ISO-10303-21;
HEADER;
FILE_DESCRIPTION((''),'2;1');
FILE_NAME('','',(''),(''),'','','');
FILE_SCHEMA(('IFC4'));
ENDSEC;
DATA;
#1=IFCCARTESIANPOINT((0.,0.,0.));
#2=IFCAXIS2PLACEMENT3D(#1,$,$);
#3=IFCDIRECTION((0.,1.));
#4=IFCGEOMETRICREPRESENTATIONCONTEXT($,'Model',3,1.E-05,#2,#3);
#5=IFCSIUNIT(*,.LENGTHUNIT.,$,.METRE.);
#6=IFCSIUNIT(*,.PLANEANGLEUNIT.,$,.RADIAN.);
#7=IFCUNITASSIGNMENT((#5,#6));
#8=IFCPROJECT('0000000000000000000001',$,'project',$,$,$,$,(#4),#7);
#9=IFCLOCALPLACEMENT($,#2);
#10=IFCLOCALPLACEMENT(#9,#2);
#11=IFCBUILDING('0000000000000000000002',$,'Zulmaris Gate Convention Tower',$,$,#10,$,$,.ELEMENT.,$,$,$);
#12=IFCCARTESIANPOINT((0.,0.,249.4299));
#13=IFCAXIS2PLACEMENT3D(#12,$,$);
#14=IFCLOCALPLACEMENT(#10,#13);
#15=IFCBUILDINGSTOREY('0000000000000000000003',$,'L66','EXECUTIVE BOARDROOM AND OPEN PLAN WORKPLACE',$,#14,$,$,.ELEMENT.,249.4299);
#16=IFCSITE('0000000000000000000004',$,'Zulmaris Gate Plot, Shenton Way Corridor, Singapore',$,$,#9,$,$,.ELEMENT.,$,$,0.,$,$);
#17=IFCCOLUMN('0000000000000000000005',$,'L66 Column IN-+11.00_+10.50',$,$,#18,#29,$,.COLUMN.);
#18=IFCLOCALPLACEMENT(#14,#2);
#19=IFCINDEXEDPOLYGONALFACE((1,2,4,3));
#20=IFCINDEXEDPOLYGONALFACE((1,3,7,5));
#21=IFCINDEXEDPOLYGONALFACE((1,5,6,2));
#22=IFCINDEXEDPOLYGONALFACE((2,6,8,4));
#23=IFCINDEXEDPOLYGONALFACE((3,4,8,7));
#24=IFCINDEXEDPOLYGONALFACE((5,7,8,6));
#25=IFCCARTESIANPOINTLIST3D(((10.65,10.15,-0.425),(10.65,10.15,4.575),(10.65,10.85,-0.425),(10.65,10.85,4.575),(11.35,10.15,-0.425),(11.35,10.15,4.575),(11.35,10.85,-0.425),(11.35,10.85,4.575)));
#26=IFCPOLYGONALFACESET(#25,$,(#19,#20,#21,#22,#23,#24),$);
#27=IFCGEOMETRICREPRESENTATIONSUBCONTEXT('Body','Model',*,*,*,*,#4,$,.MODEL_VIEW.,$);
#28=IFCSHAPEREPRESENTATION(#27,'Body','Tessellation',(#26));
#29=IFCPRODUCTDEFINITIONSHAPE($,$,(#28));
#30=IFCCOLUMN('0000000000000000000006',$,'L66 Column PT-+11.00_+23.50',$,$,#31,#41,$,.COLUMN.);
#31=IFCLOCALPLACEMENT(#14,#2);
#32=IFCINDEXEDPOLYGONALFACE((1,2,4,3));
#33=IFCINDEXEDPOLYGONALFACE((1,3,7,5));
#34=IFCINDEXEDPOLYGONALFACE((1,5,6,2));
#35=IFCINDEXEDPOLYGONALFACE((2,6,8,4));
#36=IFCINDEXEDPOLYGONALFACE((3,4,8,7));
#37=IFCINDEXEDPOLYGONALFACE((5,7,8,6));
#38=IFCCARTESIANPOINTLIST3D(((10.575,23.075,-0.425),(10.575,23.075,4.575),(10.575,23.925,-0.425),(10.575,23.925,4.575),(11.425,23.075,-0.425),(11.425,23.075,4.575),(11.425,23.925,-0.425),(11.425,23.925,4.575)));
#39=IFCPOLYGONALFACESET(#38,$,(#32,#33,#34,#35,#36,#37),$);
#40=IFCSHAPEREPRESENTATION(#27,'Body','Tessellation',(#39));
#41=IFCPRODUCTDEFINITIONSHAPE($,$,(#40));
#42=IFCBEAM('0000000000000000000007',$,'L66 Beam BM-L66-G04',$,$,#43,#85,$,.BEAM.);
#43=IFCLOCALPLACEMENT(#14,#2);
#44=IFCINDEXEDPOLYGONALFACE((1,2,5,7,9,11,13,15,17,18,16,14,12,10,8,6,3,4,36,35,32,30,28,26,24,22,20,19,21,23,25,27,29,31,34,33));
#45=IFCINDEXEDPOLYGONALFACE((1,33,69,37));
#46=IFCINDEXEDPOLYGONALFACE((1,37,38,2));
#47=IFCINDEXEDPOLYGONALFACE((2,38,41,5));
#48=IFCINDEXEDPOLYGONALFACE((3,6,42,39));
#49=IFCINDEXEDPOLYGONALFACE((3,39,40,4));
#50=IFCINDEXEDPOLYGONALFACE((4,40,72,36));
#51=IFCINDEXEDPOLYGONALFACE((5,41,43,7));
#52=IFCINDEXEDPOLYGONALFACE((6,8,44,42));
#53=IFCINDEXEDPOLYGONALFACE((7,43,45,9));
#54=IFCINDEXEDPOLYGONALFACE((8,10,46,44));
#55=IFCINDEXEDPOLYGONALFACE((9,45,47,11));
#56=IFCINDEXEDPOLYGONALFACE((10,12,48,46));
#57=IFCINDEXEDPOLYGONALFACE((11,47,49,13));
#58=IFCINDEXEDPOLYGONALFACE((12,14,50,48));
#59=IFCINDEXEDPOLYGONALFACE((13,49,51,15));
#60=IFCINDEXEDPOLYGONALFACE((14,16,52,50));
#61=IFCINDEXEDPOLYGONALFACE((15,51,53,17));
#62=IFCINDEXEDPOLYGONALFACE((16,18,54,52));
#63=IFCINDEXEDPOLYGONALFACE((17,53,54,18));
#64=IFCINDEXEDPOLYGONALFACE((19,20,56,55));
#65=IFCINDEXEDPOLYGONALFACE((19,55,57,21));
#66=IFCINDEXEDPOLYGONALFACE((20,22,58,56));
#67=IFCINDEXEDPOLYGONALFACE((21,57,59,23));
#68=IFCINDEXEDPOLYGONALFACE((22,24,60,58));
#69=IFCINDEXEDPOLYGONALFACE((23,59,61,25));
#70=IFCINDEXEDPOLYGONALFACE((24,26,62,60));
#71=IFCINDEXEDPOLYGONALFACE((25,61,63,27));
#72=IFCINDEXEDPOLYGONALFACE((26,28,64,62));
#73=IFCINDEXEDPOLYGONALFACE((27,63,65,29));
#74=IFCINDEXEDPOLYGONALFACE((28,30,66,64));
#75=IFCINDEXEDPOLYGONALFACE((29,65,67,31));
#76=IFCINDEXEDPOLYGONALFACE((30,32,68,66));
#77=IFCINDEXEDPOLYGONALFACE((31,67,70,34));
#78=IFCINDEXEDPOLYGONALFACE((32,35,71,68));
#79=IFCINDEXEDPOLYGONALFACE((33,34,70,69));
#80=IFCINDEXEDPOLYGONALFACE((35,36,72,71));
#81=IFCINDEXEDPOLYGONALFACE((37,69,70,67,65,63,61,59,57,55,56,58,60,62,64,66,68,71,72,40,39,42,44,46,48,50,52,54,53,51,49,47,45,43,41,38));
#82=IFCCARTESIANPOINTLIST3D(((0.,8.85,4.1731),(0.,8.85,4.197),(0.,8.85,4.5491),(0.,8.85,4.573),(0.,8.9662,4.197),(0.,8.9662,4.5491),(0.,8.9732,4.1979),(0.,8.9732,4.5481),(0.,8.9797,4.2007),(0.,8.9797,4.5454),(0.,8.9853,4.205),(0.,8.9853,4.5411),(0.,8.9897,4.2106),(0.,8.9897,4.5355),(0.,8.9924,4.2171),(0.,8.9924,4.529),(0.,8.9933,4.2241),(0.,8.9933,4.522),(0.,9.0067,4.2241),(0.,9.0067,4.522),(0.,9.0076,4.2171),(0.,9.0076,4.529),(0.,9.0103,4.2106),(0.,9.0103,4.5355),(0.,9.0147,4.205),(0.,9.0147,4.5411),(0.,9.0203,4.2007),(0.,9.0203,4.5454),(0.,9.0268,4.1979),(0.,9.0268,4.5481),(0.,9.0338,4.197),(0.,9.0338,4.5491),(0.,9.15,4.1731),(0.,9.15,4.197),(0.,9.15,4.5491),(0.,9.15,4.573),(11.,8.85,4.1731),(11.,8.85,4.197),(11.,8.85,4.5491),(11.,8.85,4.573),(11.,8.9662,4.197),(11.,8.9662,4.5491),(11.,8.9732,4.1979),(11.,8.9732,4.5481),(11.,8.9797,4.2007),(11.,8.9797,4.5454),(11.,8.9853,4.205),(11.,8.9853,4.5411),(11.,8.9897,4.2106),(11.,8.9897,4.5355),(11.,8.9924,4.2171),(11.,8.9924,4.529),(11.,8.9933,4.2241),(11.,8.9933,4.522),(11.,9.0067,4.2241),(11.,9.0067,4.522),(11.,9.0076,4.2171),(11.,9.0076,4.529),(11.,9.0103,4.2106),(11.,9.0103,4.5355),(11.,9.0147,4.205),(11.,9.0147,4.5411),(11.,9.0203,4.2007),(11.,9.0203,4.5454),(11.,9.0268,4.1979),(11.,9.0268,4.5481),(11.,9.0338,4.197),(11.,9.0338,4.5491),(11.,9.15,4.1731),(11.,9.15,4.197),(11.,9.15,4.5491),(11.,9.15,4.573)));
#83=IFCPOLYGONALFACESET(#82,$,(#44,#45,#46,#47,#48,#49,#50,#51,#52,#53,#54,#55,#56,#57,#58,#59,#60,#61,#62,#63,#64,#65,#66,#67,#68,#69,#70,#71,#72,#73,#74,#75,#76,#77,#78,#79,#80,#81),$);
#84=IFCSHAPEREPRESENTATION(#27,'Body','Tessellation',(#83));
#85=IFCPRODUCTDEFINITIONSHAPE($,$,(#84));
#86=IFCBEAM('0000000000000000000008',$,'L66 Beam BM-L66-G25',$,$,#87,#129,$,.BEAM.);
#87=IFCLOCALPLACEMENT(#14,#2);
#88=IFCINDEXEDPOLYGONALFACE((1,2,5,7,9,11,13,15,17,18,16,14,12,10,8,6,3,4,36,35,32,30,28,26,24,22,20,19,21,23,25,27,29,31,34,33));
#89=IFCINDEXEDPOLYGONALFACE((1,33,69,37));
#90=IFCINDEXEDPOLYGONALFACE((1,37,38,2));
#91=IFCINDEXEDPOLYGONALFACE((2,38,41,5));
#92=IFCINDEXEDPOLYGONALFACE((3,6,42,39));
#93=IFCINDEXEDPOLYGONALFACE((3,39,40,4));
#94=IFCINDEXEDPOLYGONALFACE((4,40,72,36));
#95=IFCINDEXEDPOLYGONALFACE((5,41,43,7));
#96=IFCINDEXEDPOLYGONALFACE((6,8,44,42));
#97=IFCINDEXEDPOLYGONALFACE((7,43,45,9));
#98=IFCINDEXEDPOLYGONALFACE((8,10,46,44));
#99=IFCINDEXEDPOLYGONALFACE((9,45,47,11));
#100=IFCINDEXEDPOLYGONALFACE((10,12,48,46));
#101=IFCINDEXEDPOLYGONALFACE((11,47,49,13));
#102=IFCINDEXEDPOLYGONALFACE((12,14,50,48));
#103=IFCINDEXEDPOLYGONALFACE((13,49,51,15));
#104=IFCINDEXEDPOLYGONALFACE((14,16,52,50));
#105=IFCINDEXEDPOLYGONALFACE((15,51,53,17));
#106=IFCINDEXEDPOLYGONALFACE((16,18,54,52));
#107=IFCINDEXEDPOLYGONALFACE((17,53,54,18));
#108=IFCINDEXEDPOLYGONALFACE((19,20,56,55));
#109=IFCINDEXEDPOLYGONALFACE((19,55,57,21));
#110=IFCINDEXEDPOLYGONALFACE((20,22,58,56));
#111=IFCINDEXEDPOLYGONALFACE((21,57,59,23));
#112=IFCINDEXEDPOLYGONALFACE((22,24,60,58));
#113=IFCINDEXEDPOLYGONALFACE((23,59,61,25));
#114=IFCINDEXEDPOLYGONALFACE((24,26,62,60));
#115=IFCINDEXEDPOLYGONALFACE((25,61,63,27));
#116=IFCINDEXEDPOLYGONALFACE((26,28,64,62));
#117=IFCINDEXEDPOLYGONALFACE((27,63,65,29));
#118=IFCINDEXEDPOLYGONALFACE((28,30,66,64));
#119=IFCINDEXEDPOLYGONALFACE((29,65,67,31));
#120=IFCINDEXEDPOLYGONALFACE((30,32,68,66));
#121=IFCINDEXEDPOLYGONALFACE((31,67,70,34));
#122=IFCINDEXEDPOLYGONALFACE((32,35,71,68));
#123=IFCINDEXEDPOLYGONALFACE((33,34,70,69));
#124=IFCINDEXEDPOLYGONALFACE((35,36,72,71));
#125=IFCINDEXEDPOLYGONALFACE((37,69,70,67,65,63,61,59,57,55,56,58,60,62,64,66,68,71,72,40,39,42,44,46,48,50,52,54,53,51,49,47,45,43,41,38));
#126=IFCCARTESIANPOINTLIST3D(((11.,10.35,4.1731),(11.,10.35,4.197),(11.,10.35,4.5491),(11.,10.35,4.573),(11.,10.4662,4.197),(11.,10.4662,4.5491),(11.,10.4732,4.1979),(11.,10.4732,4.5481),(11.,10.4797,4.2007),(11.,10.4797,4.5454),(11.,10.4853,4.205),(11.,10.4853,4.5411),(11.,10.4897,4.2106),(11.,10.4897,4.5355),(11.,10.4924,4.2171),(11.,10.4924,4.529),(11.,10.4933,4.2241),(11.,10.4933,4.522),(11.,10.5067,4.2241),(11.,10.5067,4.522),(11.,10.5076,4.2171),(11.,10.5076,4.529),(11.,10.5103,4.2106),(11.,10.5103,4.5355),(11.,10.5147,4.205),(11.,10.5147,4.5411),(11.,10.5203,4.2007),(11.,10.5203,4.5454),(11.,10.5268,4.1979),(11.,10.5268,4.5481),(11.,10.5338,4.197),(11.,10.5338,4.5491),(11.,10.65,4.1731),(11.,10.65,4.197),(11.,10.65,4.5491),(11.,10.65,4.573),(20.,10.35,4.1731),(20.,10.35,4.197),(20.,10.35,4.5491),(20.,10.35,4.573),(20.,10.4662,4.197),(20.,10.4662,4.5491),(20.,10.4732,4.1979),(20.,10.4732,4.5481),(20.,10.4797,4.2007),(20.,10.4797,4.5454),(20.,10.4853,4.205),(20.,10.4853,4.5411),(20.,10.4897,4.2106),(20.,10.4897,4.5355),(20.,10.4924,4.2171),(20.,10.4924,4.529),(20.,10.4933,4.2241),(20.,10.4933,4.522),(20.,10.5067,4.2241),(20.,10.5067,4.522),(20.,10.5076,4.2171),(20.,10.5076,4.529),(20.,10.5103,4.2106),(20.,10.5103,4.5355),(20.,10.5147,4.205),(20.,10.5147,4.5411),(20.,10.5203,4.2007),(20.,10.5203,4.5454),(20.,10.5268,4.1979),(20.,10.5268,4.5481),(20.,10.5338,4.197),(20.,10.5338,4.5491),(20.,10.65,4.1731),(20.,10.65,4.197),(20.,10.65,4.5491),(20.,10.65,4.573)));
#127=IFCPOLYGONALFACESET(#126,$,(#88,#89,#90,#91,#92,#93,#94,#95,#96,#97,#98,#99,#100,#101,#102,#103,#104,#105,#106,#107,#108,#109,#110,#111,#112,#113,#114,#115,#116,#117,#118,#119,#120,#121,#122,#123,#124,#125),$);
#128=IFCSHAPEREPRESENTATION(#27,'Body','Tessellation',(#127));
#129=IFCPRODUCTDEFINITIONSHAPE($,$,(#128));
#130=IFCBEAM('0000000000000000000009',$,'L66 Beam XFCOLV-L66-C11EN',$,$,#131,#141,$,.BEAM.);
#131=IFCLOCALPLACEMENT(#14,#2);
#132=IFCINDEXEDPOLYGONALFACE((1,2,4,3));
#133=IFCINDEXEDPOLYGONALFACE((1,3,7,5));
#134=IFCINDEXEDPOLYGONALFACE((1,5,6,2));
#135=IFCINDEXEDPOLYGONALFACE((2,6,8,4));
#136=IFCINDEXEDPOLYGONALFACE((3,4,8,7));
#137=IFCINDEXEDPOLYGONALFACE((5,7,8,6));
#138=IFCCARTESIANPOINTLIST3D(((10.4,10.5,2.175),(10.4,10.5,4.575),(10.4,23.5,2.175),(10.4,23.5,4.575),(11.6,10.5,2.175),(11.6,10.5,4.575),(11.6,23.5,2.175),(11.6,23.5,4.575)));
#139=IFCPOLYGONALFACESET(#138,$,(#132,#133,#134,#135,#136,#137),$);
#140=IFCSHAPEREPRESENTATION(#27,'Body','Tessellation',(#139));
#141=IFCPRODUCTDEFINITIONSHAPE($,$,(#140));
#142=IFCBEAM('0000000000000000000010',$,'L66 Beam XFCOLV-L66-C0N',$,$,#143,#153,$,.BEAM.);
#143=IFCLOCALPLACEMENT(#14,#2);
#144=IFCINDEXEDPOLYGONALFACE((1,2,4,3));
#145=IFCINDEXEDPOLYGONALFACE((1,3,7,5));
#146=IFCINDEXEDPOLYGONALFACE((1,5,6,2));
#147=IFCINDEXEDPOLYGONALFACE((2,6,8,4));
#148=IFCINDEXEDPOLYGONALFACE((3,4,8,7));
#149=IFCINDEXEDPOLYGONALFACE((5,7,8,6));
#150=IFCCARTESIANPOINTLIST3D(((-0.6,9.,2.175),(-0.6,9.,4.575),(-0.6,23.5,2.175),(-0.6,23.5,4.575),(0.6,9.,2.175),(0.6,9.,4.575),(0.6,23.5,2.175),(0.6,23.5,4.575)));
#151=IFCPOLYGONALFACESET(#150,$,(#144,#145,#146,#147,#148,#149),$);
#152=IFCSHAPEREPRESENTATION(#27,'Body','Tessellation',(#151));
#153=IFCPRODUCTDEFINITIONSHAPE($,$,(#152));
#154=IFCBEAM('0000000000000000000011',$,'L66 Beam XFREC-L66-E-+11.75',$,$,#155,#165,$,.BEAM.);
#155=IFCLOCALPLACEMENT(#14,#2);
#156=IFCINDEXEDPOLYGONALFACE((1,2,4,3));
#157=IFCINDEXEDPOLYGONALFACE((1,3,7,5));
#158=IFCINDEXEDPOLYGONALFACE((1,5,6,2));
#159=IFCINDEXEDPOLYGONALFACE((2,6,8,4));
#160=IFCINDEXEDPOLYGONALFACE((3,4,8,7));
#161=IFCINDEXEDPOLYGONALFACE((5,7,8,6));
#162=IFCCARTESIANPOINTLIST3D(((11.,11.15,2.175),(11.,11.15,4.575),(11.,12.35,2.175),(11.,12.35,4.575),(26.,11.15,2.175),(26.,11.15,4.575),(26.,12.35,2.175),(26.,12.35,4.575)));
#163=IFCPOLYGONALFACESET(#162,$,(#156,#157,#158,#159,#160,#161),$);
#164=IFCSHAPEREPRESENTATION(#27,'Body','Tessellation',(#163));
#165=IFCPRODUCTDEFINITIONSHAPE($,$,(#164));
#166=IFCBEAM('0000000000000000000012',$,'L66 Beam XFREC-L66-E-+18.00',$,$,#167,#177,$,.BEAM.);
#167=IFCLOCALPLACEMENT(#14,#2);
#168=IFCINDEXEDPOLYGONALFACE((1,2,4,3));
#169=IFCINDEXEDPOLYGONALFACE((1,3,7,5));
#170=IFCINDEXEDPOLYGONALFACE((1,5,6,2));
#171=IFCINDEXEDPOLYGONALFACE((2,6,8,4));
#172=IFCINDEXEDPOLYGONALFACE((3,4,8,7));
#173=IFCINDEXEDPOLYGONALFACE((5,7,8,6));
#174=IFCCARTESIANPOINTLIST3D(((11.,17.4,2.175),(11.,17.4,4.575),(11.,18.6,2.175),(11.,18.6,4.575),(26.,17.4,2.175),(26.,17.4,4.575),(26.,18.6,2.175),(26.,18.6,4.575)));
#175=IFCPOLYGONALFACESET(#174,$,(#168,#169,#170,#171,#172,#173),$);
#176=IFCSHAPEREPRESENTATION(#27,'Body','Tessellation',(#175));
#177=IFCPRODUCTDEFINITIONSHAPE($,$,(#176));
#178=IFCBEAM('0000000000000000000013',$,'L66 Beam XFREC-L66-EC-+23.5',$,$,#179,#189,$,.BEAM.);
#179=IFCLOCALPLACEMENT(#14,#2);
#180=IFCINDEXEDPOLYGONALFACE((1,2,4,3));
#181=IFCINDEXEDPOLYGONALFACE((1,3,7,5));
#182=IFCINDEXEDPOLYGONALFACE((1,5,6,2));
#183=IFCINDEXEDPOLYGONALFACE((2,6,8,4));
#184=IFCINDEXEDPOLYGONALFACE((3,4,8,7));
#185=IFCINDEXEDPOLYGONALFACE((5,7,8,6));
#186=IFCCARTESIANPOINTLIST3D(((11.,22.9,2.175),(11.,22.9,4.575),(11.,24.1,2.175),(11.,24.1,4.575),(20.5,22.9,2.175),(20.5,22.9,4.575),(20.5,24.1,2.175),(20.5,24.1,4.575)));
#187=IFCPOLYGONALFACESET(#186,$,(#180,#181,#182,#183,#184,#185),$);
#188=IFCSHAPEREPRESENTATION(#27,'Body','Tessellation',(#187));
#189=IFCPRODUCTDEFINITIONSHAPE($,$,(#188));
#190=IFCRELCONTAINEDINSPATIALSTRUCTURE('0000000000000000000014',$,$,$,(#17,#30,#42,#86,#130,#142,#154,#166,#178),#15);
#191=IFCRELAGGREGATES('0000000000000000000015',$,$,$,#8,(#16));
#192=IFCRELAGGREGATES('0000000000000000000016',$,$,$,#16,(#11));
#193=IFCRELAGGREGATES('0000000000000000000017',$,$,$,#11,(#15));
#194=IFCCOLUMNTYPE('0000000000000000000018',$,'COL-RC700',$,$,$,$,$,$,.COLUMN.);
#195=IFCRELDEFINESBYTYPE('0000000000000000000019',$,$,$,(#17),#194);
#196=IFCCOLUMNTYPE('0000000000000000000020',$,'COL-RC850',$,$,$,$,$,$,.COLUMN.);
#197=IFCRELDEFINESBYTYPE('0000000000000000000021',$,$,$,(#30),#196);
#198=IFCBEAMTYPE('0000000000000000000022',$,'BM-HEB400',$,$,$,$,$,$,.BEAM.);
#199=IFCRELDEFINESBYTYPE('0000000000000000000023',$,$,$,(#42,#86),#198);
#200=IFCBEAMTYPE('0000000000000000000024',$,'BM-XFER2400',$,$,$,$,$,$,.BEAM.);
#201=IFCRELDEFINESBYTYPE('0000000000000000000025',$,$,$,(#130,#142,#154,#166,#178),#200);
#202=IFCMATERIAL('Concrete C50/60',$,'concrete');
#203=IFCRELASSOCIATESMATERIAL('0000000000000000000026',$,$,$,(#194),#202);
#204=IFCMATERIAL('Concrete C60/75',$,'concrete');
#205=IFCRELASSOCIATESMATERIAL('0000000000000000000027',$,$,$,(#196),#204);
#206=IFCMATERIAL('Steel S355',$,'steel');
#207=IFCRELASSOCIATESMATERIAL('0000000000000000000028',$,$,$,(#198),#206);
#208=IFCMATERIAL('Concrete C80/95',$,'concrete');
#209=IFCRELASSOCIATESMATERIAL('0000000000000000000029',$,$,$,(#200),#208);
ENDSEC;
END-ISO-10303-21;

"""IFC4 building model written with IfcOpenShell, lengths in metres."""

from ifc_helpers import new_model, si_unit, direction, frame, origin, origin_2d, place, context, subcontext, project, spatial, rectangle, i_section, extrude, material, material_profile, profile_set, type_object, element, save


model = new_model("IFC4")

# Units and contexts
model_context = context("Model", 3, precision=1e-05, world=origin(), true_north=direction((0.0, 1.0)))
body_context = subcontext(model_context, "Body", "Model", "MODEL_VIEW")
ifc_project = project(units=[si_unit("LENGTHUNIT", "METRE"), si_unit("PLANEANGLEUNIT", "RADIAN")], contexts=[model_context])

# Site, building, storey
site_placement = place(None, origin())
site = spatial("IfcSite", under=ifc_project, at=site_placement, Name="Zulmaris Gate Plot, Shenton Way Corridor, Singapore", CompositionType="ELEMENT", RefElevation=0.0)
building_placement = place(site_placement, origin())
building = spatial("IfcBuilding", under=site, at=building_placement, Name="Zulmaris Gate Convention Tower", CompositionType="ELEMENT")
storey_placement = place(building_placement, frame((0.0, 0.0, 249.4299)))
storey = spatial("IfcBuildingStorey", under=building, at=storey_placement, Name="L66", Description="EXECUTIVE BOARDROOM AND OPEN PLAN WORKPLACE", CompositionType="ELEMENT", Elevation=249.4299)

# Columns
ifc_material_1 = material(Name="Concrete C50/60", Category="concrete")
ifc_material_profile_1 = material_profile(ifc_material_1, rectangle(XDim=0.7, YDim=0.7, at=origin_2d()), Name="RC COL 700x700")
ifc_profile_set_1 = profile_set([ifc_material_profile_1], Name="Concrete C50/60")
column_type_1 = type_object("IfcColumnType", Name="COL-RC700", PredefinedType="COLUMN", material=ifc_profile_set_1)
column_1_placement = place(storey_placement, frame((11.0, 10.5, -0.425), z_axis=(0.0, 0.0, 1.0), x_axis=(1.0, 0.0, 0.0)))
element("IfcColumn", 1, at=column_1_placement, inside=storey, type_object=column_type_1, Name="L66 Column IN-+11.00_+10.50", PredefinedType="COLUMN", context=body_context, shape_type="SweptSolid", body=[
    extrude(rectangle(XDim=0.7, YDim=0.7, at=origin_2d()), origin(), (0.0, 0.0, 1.0), 5.0),
])
ifc_material_2 = material(Name="Concrete C60/75", Category="concrete")
ifc_material_profile_2 = material_profile(ifc_material_2, rectangle(XDim=0.8501, YDim=0.8501, at=origin_2d()), Name="RC COL 850x850")
ifc_profile_set_2 = profile_set([ifc_material_profile_2], Name="Concrete C60/75")
column_type_2 = type_object("IfcColumnType", Name="COL-RC850", PredefinedType="COLUMN", material=ifc_profile_set_2)
column_2_placement = place(storey_placement, frame((11.0, 23.5, -0.425), z_axis=(0.0, 0.0, 1.0), x_axis=(1.0, 0.0, 0.0)))
element("IfcColumn", 2, at=column_2_placement, inside=storey, type_object=column_type_2, Name="L66 Column PT-+11.00_+23.50", PredefinedType="COLUMN", context=body_context, shape_type="SweptSolid", body=[
    extrude(rectangle(XDim=0.8501, YDim=0.8501, at=origin_2d()), origin(), (0.0, 0.0, 1.0), 5.0),
])

# Beams
ifc_material_3 = material(Name="Steel S355", Category="steel")
ifc_material_profile_3 = material_profile(ifc_material_3, i_section(OverallWidth=0.3, OverallDepth=0.3999, WebThickness=0.0134, FlangeThickness=0.0239, FilletRadius=0.0271, at=origin_2d()), Name="HEB 400")
ifc_profile_set_3 = profile_set([ifc_material_profile_3], Name="Steel S355")
beam_type_1 = type_object("IfcBeamType", Name="BM-HEB400", PredefinedType="BEAM", material=ifc_profile_set_3)
beam_1_placement = place(storey_placement, frame((0.0, 9.0, 4.373), z_axis=(1.0, 0.0, 0.0), x_axis=(0.0, 1.0, 0.0)))
element("IfcBeam", 3, at=beam_1_placement, inside=storey, type_object=beam_type_1, Name="L66 Beam BM-L66-G04", PredefinedType="BEAM", context=body_context, shape_type="SweptSolid", body=[
    extrude(i_section(OverallWidth=0.3, OverallDepth=0.3999, WebThickness=0.0134, FlangeThickness=0.0239, FilletRadius=0.0271, at=origin_2d()), origin(), (0.0, 0.0, 1.0), 11.0),
])
beam_2_placement = place(storey_placement, frame((11.0, 10.5, 4.373), z_axis=(1.0, 0.0, 0.0), x_axis=(0.0, 1.0, 0.0)))
element("IfcBeam", 4, at=beam_2_placement, inside=storey, type_object=beam_type_1, Name="L66 Beam BM-L66-G25", PredefinedType="BEAM", context=body_context, shape_type="SweptSolid", body=[
    extrude(i_section(OverallWidth=0.3, OverallDepth=0.3999, WebThickness=0.0134, FlangeThickness=0.0239, FilletRadius=0.0271, at=origin_2d()), origin(), (0.0, 0.0, 1.0), 9.0),
])
ifc_material_4 = material(Name="Concrete C80/95", Category="concrete")
ifc_material_profile_4 = material_profile(ifc_material_4, rectangle(XDim=1.2, YDim=2.3999, at=origin_2d()), Name="RC TRANSFER 1200x2400")
ifc_profile_set_4 = profile_set([ifc_material_profile_4], Name="Concrete C80/95")
beam_type_2 = type_object("IfcBeamType", Name="BM-XFER2400", PredefinedType="BEAM", material=ifc_profile_set_4)
beam_3_placement = place(storey_placement, frame((11.0, 10.5, 3.375), z_axis=(0.0, 1.0, 0.0), x_axis=(-1.0, 0.0, 0.0)))
element("IfcBeam", 5, at=beam_3_placement, inside=storey, type_object=beam_type_2, Name="L66 Beam XFCOLV-L66-C11EN", PredefinedType="BEAM", context=body_context, shape_type="SweptSolid", body=[
    extrude(rectangle(XDim=1.2, YDim=2.3999, at=origin_2d()), origin(), (0.0, 0.0, 1.0), 13.0),
])
beam_4_placement = place(storey_placement, frame((0.0, 9.0, 3.375), z_axis=(0.0, 1.0, 0.0), x_axis=(-1.0, 0.0, 0.0)))
element("IfcBeam", 6, at=beam_4_placement, inside=storey, type_object=beam_type_2, Name="L66 Beam XFCOLV-L66-C0N", PredefinedType="BEAM", context=body_context, shape_type="SweptSolid", body=[
    extrude(rectangle(XDim=1.2, YDim=2.3999, at=origin_2d()), origin(), (0.0, 0.0, 1.0), 14.5),
])
for number, where, z_axis, x_axis, name in (
    (7, (11.0, 11.75, 3.375), (1.0, 0.0, 0.0), (0.0, 1.0, 0.0), "L66 Beam XFREC-L66-E-+11.75"),
    (8, (11.0, 18.0, 3.375), (1.0, 0.0, 0.0), (0.0, 1.0, 0.0), "L66 Beam XFREC-L66-E-+18.00"),
):
    element("IfcBeam", number, at=place(storey_placement, frame(where, z_axis=z_axis, x_axis=x_axis)), inside=storey, type_object=beam_type_2, Name=name, PredefinedType="BEAM", context=body_context, shape_type="SweptSolid", body=[
        extrude(rectangle(XDim=1.2, YDim=2.3999, at=origin_2d()), origin(), (0.0, 0.0, 1.0), 15.0),
    ])
beam_5_placement = place(storey_placement, frame((11.0, 23.5, 3.375), z_axis=(1.0, 0.0, 0.0), x_axis=(0.0, 1.0, 0.0)))
element("IfcBeam", 9, at=beam_5_placement, inside=storey, type_object=beam_type_2, Name="L66 Beam XFREC-L66-EC-+23.5", PredefinedType="BEAM", context=body_context, shape_type="SweptSolid", body=[
    extrude(rectangle(XDim=1.2, YDim=2.3999, at=origin_2d()), origin(), (0.0, 0.0, 1.0), 9.5),
])

save(model, "model.ifc")
